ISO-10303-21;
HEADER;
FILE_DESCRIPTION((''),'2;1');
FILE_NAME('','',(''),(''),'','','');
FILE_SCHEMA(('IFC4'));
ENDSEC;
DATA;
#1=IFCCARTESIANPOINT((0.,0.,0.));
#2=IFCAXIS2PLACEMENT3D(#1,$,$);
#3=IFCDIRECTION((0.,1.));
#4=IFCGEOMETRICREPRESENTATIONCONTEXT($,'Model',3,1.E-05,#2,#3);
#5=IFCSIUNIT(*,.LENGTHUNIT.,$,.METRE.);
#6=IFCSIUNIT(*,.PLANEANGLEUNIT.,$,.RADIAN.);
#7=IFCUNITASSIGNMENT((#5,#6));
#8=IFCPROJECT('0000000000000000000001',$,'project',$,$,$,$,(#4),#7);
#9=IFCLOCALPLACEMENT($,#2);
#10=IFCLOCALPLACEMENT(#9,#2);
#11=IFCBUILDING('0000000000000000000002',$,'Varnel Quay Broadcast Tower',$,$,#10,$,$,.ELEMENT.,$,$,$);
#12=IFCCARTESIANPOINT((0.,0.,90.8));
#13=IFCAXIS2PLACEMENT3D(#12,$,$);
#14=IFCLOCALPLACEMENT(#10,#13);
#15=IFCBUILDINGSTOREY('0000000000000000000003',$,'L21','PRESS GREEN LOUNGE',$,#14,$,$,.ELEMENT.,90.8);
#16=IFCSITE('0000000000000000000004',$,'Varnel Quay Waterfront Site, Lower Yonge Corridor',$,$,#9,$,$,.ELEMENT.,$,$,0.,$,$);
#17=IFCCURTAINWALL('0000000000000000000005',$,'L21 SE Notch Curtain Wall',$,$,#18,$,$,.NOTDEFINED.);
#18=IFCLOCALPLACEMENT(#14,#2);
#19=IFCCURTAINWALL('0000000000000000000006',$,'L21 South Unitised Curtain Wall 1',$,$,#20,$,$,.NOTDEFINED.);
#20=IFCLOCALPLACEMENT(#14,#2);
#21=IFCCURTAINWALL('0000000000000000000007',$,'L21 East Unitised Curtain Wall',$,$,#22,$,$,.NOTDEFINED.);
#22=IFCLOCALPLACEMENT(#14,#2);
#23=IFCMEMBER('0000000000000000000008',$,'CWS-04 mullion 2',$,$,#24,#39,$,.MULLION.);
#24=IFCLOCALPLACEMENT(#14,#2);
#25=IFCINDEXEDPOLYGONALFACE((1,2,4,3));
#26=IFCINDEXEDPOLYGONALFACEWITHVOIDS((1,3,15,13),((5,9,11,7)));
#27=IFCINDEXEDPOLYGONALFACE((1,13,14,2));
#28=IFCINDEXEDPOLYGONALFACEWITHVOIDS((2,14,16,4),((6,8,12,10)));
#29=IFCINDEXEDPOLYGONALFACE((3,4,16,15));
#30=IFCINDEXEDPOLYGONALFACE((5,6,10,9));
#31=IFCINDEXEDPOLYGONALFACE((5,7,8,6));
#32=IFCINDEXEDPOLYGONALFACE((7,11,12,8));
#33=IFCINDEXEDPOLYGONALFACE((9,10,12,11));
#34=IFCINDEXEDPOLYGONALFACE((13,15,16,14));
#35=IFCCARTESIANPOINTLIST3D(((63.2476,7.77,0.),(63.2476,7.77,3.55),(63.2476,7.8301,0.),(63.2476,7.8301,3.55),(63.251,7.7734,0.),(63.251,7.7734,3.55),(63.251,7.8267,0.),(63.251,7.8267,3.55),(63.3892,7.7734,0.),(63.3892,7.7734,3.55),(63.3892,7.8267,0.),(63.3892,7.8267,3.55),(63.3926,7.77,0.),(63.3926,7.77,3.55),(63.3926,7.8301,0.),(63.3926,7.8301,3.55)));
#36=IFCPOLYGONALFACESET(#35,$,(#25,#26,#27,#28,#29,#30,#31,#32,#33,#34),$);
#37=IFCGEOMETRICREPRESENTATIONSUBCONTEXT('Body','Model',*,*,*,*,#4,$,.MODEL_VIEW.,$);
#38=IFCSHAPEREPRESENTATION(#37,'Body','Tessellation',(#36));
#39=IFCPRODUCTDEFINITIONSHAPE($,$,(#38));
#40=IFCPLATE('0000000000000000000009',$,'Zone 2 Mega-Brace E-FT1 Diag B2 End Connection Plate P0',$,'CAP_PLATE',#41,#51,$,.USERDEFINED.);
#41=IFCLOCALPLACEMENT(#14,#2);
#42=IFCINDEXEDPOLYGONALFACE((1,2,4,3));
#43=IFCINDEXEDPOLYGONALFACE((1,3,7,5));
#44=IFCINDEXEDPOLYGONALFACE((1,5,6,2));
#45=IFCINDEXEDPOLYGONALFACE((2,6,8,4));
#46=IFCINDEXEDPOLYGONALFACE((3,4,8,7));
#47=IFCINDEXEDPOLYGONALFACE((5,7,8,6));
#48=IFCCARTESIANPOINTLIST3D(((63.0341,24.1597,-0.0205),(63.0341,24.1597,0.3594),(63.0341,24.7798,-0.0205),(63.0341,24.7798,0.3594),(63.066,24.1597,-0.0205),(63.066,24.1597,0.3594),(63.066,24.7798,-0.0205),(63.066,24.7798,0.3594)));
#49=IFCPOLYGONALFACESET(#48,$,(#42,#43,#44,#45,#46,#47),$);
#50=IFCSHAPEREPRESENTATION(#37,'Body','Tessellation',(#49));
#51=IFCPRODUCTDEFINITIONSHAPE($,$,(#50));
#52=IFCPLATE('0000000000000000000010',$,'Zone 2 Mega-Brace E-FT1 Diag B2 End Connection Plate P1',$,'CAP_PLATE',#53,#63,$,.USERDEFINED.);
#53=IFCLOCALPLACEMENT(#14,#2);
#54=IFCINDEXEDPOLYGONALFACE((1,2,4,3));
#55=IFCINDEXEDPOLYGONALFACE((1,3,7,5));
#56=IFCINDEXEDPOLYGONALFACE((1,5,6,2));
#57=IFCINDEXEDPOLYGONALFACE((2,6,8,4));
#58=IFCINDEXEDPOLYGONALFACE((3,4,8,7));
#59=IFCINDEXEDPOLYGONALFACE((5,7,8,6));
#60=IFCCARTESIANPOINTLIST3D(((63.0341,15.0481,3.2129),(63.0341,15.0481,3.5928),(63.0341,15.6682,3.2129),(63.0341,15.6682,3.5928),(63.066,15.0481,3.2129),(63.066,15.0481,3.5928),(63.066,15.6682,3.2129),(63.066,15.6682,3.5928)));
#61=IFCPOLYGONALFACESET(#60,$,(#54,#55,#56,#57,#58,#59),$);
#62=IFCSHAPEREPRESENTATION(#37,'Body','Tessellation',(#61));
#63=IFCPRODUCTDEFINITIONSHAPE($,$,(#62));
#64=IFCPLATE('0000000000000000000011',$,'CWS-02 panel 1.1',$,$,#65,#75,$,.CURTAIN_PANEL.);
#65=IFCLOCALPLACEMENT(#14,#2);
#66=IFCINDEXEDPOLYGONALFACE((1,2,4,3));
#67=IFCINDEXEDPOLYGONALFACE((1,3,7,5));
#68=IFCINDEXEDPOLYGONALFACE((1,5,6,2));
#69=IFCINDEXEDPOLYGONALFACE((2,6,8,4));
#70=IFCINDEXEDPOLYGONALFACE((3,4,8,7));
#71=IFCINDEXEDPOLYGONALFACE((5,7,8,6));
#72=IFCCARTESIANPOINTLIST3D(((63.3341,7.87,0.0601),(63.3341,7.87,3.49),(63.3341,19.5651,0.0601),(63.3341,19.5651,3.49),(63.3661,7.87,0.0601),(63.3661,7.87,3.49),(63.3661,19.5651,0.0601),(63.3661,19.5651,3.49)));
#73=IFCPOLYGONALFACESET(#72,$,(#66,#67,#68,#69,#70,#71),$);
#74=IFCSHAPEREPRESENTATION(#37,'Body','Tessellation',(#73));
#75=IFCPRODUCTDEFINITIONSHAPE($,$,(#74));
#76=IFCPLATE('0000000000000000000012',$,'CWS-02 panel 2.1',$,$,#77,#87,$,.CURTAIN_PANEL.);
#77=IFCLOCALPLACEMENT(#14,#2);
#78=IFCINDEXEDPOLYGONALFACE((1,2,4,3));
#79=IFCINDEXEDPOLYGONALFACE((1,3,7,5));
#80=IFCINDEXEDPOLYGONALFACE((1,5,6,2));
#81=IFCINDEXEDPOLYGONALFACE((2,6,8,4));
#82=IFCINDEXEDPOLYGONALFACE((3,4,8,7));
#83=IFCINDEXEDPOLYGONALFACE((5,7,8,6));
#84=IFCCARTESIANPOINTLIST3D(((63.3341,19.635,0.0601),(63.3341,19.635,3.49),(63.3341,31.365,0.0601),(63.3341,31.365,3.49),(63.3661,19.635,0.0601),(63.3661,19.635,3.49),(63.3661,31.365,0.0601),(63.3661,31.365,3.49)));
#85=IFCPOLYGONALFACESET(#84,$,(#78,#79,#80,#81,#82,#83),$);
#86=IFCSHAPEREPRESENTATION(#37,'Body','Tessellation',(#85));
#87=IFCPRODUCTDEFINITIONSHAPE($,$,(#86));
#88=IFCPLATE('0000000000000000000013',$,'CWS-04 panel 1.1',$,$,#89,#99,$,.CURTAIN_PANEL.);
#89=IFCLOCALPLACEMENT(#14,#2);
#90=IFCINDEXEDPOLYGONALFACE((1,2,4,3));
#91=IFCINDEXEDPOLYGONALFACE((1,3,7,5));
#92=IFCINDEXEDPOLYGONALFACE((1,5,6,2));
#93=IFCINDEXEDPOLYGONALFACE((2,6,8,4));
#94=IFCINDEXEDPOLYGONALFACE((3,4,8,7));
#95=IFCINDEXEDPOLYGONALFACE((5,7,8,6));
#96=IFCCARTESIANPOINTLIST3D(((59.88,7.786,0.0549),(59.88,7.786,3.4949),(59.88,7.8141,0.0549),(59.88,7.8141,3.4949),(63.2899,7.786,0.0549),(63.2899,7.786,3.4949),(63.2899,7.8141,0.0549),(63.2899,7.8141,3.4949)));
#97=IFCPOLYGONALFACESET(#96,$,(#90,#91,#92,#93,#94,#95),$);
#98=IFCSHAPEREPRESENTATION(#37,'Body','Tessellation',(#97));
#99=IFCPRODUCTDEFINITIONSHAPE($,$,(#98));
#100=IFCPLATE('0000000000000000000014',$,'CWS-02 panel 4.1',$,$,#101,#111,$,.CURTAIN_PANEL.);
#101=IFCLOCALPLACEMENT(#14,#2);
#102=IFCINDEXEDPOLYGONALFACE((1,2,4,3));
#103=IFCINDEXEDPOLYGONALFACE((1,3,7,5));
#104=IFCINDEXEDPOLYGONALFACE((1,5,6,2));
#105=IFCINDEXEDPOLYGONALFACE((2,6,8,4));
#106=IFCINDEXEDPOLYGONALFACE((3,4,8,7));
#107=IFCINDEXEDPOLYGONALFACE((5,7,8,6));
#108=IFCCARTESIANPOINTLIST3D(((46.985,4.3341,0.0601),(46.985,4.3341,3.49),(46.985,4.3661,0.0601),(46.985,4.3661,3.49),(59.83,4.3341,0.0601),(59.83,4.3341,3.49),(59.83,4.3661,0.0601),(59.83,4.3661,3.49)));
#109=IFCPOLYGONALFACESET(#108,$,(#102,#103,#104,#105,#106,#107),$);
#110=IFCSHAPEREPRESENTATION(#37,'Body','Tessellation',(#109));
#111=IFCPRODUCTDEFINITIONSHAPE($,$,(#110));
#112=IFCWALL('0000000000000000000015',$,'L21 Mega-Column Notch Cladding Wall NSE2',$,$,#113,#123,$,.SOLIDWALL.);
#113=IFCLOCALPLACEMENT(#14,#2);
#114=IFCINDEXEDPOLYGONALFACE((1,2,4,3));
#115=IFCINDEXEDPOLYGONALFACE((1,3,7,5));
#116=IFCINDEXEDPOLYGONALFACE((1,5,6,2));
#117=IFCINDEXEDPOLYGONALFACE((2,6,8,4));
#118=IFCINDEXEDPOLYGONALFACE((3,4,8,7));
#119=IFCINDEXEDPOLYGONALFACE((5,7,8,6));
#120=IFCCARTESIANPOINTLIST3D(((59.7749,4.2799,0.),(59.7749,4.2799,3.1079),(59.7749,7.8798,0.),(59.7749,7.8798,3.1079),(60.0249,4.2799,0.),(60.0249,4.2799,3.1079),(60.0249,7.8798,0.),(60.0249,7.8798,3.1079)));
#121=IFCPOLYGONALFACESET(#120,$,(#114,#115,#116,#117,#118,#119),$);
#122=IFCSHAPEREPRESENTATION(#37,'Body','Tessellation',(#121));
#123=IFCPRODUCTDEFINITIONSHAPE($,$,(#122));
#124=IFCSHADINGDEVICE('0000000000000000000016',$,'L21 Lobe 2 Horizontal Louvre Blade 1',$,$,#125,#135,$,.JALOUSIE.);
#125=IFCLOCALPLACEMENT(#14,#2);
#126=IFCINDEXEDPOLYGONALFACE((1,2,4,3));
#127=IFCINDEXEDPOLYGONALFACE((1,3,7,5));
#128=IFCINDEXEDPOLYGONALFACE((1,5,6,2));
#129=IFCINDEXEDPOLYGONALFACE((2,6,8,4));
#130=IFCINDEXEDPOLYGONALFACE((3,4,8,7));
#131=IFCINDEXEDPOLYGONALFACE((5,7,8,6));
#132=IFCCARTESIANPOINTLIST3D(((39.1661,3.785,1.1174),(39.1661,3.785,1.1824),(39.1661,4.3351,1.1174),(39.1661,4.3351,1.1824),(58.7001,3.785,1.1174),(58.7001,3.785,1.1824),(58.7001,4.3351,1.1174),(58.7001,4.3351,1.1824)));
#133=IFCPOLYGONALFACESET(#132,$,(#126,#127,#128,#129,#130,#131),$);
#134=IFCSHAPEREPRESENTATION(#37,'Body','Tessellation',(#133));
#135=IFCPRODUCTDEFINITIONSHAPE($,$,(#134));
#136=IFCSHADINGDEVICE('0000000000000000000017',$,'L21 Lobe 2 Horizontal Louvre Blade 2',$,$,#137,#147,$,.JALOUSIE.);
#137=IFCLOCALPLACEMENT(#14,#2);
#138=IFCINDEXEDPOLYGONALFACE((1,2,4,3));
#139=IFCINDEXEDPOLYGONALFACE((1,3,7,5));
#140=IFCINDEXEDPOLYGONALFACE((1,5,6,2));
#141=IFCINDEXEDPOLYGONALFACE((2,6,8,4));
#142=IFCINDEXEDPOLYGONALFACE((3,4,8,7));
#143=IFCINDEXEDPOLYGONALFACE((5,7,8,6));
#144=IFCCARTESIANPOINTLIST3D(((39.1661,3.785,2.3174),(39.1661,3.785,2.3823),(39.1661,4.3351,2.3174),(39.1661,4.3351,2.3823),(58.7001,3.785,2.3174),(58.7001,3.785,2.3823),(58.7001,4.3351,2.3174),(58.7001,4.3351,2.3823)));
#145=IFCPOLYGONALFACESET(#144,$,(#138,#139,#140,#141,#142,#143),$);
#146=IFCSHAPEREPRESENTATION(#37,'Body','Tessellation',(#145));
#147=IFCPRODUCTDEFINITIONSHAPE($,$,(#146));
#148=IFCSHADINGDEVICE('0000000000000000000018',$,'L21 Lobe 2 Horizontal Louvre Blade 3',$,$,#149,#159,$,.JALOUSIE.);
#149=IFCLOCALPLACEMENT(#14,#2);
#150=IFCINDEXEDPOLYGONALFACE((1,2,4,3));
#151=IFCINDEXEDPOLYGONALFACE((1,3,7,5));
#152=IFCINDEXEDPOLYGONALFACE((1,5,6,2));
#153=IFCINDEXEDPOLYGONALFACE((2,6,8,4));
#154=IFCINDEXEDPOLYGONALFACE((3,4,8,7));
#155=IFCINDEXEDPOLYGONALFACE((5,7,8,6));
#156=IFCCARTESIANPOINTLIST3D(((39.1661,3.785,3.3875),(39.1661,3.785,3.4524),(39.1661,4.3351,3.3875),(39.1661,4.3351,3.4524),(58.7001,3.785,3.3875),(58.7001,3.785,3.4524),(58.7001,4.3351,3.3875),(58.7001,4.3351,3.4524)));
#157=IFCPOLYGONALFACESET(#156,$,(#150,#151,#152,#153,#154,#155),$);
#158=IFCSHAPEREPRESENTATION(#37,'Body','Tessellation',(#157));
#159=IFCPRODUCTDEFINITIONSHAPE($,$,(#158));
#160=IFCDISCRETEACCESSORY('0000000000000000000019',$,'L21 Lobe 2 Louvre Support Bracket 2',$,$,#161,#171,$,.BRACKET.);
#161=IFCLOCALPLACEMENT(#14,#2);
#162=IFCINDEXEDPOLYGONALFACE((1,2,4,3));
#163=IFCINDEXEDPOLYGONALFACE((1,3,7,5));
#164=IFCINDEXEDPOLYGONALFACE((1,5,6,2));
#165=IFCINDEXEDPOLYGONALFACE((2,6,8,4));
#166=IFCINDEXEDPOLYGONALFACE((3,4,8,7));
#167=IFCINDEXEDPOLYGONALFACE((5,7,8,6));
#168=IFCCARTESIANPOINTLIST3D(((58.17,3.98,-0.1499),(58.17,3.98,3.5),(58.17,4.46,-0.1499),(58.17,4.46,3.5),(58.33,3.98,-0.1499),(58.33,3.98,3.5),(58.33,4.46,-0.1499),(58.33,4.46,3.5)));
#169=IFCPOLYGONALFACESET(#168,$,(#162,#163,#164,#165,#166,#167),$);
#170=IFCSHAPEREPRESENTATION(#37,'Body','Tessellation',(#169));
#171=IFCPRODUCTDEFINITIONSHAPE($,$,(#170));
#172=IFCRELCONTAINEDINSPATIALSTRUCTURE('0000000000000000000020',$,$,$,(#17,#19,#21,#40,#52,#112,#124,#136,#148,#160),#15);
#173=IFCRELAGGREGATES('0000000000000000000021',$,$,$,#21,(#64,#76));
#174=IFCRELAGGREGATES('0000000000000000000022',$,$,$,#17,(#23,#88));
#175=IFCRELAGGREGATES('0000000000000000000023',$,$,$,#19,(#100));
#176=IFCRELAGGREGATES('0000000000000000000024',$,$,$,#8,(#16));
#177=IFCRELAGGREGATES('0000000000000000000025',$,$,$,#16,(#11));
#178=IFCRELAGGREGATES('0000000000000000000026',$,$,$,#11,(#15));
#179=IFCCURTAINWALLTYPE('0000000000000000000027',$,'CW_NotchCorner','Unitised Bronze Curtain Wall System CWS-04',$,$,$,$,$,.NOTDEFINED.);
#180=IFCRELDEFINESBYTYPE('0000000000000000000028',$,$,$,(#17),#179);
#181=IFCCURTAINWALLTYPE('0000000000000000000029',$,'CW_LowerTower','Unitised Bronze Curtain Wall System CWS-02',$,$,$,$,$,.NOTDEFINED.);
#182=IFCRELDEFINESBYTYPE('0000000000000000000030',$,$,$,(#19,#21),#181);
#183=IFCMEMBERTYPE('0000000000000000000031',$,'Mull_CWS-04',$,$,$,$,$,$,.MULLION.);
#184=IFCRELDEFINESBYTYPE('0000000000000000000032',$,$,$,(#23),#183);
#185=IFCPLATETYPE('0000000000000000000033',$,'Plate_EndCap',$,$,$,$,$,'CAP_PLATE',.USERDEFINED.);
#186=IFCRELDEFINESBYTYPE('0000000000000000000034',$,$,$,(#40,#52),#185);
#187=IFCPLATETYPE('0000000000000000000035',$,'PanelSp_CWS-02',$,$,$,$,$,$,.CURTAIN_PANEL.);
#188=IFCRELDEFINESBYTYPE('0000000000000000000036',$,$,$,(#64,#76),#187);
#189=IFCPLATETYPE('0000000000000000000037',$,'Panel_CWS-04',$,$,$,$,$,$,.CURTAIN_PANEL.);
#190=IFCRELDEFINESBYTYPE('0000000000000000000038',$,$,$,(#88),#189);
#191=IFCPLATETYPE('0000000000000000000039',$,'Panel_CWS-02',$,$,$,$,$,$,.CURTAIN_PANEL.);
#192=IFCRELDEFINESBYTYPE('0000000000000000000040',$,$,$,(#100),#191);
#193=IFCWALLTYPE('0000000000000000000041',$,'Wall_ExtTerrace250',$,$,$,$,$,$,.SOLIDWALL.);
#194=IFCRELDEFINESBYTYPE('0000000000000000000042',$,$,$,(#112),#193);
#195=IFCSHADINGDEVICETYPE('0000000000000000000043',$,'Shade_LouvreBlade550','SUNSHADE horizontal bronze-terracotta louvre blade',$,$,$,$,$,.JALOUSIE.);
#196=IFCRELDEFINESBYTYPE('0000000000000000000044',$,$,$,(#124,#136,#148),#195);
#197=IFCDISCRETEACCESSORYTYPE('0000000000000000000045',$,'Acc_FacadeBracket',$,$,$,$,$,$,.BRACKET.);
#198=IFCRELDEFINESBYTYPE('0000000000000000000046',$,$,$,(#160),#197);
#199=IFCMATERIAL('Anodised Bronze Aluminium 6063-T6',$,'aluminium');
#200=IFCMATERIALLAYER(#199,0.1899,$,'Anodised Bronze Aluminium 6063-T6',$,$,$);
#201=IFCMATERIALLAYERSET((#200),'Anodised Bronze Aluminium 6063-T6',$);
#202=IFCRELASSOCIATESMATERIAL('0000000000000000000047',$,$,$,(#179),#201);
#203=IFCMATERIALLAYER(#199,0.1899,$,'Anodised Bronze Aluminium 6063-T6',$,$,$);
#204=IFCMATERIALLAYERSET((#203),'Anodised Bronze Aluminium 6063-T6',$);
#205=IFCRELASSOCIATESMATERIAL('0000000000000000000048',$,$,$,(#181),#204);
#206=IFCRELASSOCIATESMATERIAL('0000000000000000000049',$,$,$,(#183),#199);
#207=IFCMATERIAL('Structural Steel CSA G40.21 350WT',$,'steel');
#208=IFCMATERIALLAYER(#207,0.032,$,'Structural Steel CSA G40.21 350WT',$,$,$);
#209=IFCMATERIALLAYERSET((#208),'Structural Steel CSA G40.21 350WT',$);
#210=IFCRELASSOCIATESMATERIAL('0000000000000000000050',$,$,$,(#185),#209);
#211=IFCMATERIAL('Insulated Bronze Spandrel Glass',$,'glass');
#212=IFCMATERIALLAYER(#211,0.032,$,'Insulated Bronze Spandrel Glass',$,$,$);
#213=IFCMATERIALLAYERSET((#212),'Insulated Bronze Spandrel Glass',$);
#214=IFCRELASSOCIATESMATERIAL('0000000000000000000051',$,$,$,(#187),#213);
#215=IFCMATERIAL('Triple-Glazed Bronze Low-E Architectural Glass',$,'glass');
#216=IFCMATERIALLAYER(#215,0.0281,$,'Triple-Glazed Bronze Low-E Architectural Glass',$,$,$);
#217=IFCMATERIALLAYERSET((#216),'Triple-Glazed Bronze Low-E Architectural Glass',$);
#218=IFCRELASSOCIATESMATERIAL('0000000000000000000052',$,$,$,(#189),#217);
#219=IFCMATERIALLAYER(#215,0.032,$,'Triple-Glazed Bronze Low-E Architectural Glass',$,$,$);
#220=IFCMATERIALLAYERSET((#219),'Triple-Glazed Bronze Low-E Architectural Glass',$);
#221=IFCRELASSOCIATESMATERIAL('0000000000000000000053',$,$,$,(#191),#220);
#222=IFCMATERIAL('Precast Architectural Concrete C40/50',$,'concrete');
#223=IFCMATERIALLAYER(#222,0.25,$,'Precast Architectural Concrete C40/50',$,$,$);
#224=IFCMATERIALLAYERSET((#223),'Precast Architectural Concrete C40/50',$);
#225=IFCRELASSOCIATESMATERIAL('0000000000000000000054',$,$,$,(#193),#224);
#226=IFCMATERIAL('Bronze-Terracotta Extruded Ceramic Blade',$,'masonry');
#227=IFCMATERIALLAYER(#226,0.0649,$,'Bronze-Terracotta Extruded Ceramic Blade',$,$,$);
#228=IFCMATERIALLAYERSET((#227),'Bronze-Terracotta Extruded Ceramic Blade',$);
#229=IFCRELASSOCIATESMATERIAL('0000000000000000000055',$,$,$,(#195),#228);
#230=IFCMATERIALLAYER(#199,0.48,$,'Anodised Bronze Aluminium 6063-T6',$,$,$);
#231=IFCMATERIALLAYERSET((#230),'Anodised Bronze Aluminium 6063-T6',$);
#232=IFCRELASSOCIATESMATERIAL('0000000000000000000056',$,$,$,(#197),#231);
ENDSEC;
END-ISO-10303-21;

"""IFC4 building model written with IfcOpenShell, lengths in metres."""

from ifc_helpers import new_model, si_unit, direction, frame, frame_2d, origin, origin_2d, place, context, subcontext, project, spatial, rectangle, hollow_rectangle, extrude, source, transform, mapped, material, layer, layer_set, material_profile, profile_set, type_object, type_shapes, element, aggregate, save


model = new_model("IFC4")

# Units and contexts
model_context = context("Model", 3, precision=1e-05, world=origin(), true_north=direction((0.0, 1.0)))
body_context = subcontext(model_context, "Body", "Model", "MODEL_VIEW")
ifc_project = project(units=[si_unit("LENGTHUNIT", "METRE"), si_unit("PLANEANGLEUNIT", "RADIAN")], contexts=[model_context])

# Site, building, storey
site_placement = place(None, origin())
site = spatial("IfcSite", under=ifc_project, at=site_placement, Name="Varnel Quay Waterfront Site, Lower Yonge Corridor", CompositionType="ELEMENT", RefElevation=0.0)
building_placement = place(site_placement, origin())
building = spatial("IfcBuilding", under=site, at=building_placement, Name="Varnel Quay Broadcast Tower", CompositionType="ELEMENT")
storey_placement = place(building_placement, frame((0.0, 0.0, 90.8)))
storey = spatial("IfcBuildingStorey", under=building, at=storey_placement, Name="L21", Description="PRESS GREEN LOUNGE", CompositionType="ELEMENT", Elevation=90.8)

# Shared definitions
ifc_material_1 = material(Name="Structural Steel CSA G40.21 350WT", Category="steel")

# Curtain wall
ifc_material_2 = material(Name="Anodised Bronze Aluminium 6063-T6", Category="aluminium")
ifc_layer_1 = layer(ifc_material_2, 0.1899, Name="Anodised Bronze Aluminium 6063-T6")
ifc_layer_set_1 = layer_set([ifc_layer_1], Name="Anodised Bronze Aluminium 6063-T6")
curtain_wall_type_1 = type_object("IfcCurtainWallType", Name="CW_NotchCorner", Description="Unitised Bronze Curtain Wall System CWS-04", PredefinedType="NOTDEFINED", material=ifc_layer_set_1)
curtain_wall_1_placement = place(storey_placement, origin())
curtain_wall_1 = element("IfcCurtainWall", 1, at=curtain_wall_1_placement, inside=storey, type_object=curtain_wall_type_1, Name="L21 SE Notch Curtain Wall", PredefinedType="NOTDEFINED")

# Curtain wall
ifc_layer_2 = layer(ifc_material_2, 0.1899, Name="Anodised Bronze Aluminium 6063-T6")
ifc_layer_set_2 = layer_set([ifc_layer_2], Name="Anodised Bronze Aluminium 6063-T6")
curtain_wall_type_2 = type_object("IfcCurtainWallType", Name="CW_LowerTower", Description="Unitised Bronze Curtain Wall System CWS-02", PredefinedType="NOTDEFINED", material=ifc_layer_set_2)
curtain_wall_2_placement = place(storey_placement, origin())
curtain_wall_2 = element("IfcCurtainWall", 2, at=curtain_wall_2_placement, inside=storey, type_object=curtain_wall_type_2, Name="L21 South Unitised Curtain Wall 1", PredefinedType="NOTDEFINED")

# Curtain wall
curtain_wall_3_placement = place(storey_placement, origin())
curtain_wall_3 = element("IfcCurtainWall", 3, at=curtain_wall_3_placement, inside=storey, type_object=curtain_wall_type_2, Name="L21 East Unitised Curtain Wall", PredefinedType="NOTDEFINED")

# Member
ifc_material_profile_1 = material_profile(ifc_material_2, hollow_rectangle(XDim=0.0601, YDim=0.145, WallThickness=0.0034, at=origin_2d()), Name="ALU60X145X3.5")
ifc_profile_set_1 = profile_set([ifc_material_profile_1], Name="Anodised Bronze Aluminium 6063-T6")
member_type_1 = type_object("IfcMemberType", Name="Mull_CWS-04", PredefinedType="MULLION", material=ifc_profile_set_1)
shared_shape_1 = source(origin(), body_context, "Body", "SweptSolid", [
    extrude(hollow_rectangle(XDim=0.0601, YDim=0.145, WallThickness=0.0034, at=origin_2d()), origin(), (0.0, 0.0, 1.0), 3.55),
])
type_shapes(member_type_1, [shared_shape_1])
member_1_placement = place(storey_placement, frame((63.3201, 7.8, 0.0), z_axis=(0.0, 0.0, 1.0), x_axis=(0.0, 1.0, 0.0)))
member_1 = element("IfcMember", 4, at=member_1_placement, type_object=member_type_1, Name="CWS-04 mullion 2", PredefinedType="MULLION", context=body_context, shape_type="MappedRepresentation", body=[
    mapped(shared_shape_1, transform((0.0, 0.0, 0.0), x_axis=(1.0, 0.0, 0.0), y_axis=(0.0, 1.0, 0.0), z_axis=(0.0, 0.0, 1.0), scale=1.0)),
])

# Plates
ifc_layer_3 = layer(ifc_material_1, 0.032, Name="Structural Steel CSA G40.21 350WT")
ifc_layer_set_3 = layer_set([ifc_layer_3], Name="Structural Steel CSA G40.21 350WT")
plate_type_1 = type_object("IfcPlateType", Name="Plate_EndCap", ElementType="CAP_PLATE", PredefinedType="USERDEFINED", material=ifc_layer_set_3)
shared_shape_2 = source(origin(), body_context, "Body", "SweptSolid", [
    extrude(rectangle(XDim=0.6201, YDim=0.032, at=origin_2d()), origin(), (0.0, 0.0, 1.0), 0.3799),
])
type_shapes(plate_type_1, [shared_shape_2])
for number, where, z_axis, x_axis, name in (
    (5, (63.05, 24.4697, -0.0205), (0.0, 0.0, 1.0), (0.0, 1.0, 0.0), "Zone 2 Mega-Brace E-FT1 Diag B2 End Connection Plate P0"),
    (6, (63.05, 15.3582, 3.2129), (0.0, 0.0, 1.0), (0.0, 1.0, 0.0), "Zone 2 Mega-Brace E-FT1 Diag B2 End Connection Plate P1"),
):
    element("IfcPlate", number, at=place(storey_placement, frame(where, z_axis=z_axis, x_axis=x_axis)), inside=storey, type_object=plate_type_1, Name=name, ObjectType="CAP_PLATE", PredefinedType="USERDEFINED", context=body_context, shape_type="MappedRepresentation", body=[
        mapped(shared_shape_2, transform((0.0, 0.0, 0.0), x_axis=(1.0, 0.0, 0.0), y_axis=(0.0, 1.0, 0.0), z_axis=(0.0, 0.0, 1.0), scale=1.0)),
    ])

# Plates
ifc_material_3 = material(Name="Insulated Bronze Spandrel Glass", Category="glass")
ifc_layer_4 = layer(ifc_material_3, 0.032, Name="Insulated Bronze Spandrel Glass")
ifc_layer_set_4 = layer_set([ifc_layer_4], Name="Insulated Bronze Spandrel Glass")
plate_type_2 = type_object("IfcPlateType", Name="PanelSp_CWS-02", PredefinedType="CURTAIN_PANEL", material=ifc_layer_set_4)
shared_shape_3 = source(origin(), body_context, "Body", "SweptSolid", [
    extrude(rectangle(XDim=11.6951, YDim=0.032, at=origin_2d()), origin(), (0.0, 0.0, 1.0), 3.4299),
])
plate_1_placement = place(storey_placement, frame((63.3501, 13.7175, 0.0601), z_axis=(0.0, 0.0, 1.0), x_axis=(0.0, 1.0, 0.0)))
plate_1 = element("IfcPlate", 7, at=plate_1_placement, type_object=plate_type_2, Name="CWS-02 panel 1.1", PredefinedType="CURTAIN_PANEL", context=body_context, shape_type="MappedRepresentation", body=[
    mapped(shared_shape_3, transform((0.0, 0.0, 0.0), x_axis=(1.0, 0.0, 0.0), y_axis=(0.0, 1.0, 0.0), z_axis=(0.0, 0.0, 1.0), scale=1.0)),
])
shared_shape_4 = source(origin(), body_context, "Body", "SweptSolid", [
    extrude(rectangle(XDim=11.73, YDim=0.032, at=origin_2d()), origin(), (0.0, 0.0, 1.0), 3.4299),
])
type_shapes(plate_type_2, [shared_shape_3, shared_shape_4])
plate_2_placement = place(storey_placement, frame((63.3501, 25.5, 0.0601), z_axis=(0.0, 0.0, 1.0), x_axis=(0.0, 1.0, 0.0)))
plate_2 = element("IfcPlate", 8, at=plate_2_placement, type_object=plate_type_2, Name="CWS-02 panel 2.1", PredefinedType="CURTAIN_PANEL", context=body_context, shape_type="MappedRepresentation", body=[
    mapped(shared_shape_4, transform((0.0, 0.0, 0.0), x_axis=(1.0, 0.0, 0.0), y_axis=(0.0, 1.0, 0.0), z_axis=(0.0, 0.0, 1.0), scale=1.0)),
])
aggregate(curtain_wall_3, [plate_1, plate_2])
ifc_material_4 = material(Name="Triple-Glazed Bronze Low-E Architectural Glass", Category="glass")
ifc_layer_5 = layer(ifc_material_4, 0.0281, Name="Triple-Glazed Bronze Low-E Architectural Glass")
ifc_layer_set_5 = layer_set([ifc_layer_5], Name="Triple-Glazed Bronze Low-E Architectural Glass")
plate_type_3 = type_object("IfcPlateType", Name="Panel_CWS-04", PredefinedType="CURTAIN_PANEL", material=ifc_layer_set_5)
shared_shape_5 = source(origin(), body_context, "Body", "SweptSolid", [
    extrude(rectangle(XDim=3.4099, YDim=0.0281, at=origin_2d()), origin(), (0.0, 0.0, 1.0), 3.4399),
])
type_shapes(plate_type_3, [shared_shape_5])
plate_3_placement = place(storey_placement, frame((61.585, 7.8, 0.0549), z_axis=(0.0, 0.0, 1.0), x_axis=(1.0, 0.0, 0.0)))
plate_3 = element("IfcPlate", 9, at=plate_3_placement, type_object=plate_type_3, Name="CWS-04 panel 1.1", PredefinedType="CURTAIN_PANEL", context=body_context, shape_type="MappedRepresentation", body=[
    mapped(shared_shape_5, transform((0.0, 0.0, 0.0), x_axis=(1.0, 0.0, 0.0), y_axis=(0.0, 1.0, 0.0), z_axis=(0.0, 0.0, 1.0), scale=1.0)),
])
aggregate(curtain_wall_1, [member_1, plate_3])
ifc_layer_6 = layer(ifc_material_4, 0.032, Name="Triple-Glazed Bronze Low-E Architectural Glass")
ifc_layer_set_6 = layer_set([ifc_layer_6], Name="Triple-Glazed Bronze Low-E Architectural Glass")
plate_type_4 = type_object("IfcPlateType", Name="Panel_CWS-02", PredefinedType="CURTAIN_PANEL", material=ifc_layer_set_6)
shared_shape_6 = source(origin(), body_context, "Body", "SweptSolid", [
    extrude(rectangle(XDim=12.845, YDim=0.032, at=origin_2d()), origin(), (0.0, 0.0, 1.0), 3.4299),
])
type_shapes(plate_type_4, [shared_shape_6])
plate_4_placement = place(storey_placement, frame((53.4075, 4.3501, 0.0601), z_axis=(0.0, 0.0, 1.0), x_axis=(1.0, 0.0, 0.0)))
plate_4 = element("IfcPlate", 10, at=plate_4_placement, type_object=plate_type_4, Name="CWS-02 panel 4.1", PredefinedType="CURTAIN_PANEL", context=body_context, shape_type="MappedRepresentation", body=[
    mapped(shared_shape_6, transform((0.0, 0.0, 0.0), x_axis=(1.0, 0.0, 0.0), y_axis=(0.0, 1.0, 0.0), z_axis=(0.0, 0.0, 1.0), scale=1.0)),
])
aggregate(curtain_wall_2, [plate_4])

# Wall
ifc_material_5 = material(Name="Precast Architectural Concrete C40/50", Category="concrete")
ifc_layer_7 = layer(ifc_material_5, 0.25, Name="Precast Architectural Concrete C40/50")
ifc_layer_set_7 = layer_set([ifc_layer_7], Name="Precast Architectural Concrete C40/50")
wall_type = type_object("IfcWallType", Name="Wall_ExtTerrace250", PredefinedType="SOLIDWALL", material=ifc_layer_set_7)
wall_placement = place(storey_placement, frame((59.8999, 4.28, 0.0), z_axis=(0.0, 0.0, 1.0), x_axis=(0.0, 1.0, 0.0)))
element("IfcWall", 11, at=wall_placement, inside=storey, type_object=wall_type, Name="L21 Mega-Column Notch Cladding Wall NSE2", PredefinedType="SOLIDWALL", context=body_context, shape_type="SweptSolid", body=[
    extrude(rectangle(XDim=3.5999, YDim=0.25, at=frame_2d((1.7998, 0.0))), origin(), (0.0, 0.0, 1.0), 3.1079),
])

# Shading devices
ifc_material_6 = material(Name="Bronze-Terracotta Extruded Ceramic Blade", Category="masonry")
ifc_layer_8 = layer(ifc_material_6, 0.0649, Name="Bronze-Terracotta Extruded Ceramic Blade")
ifc_layer_set_8 = layer_set([ifc_layer_8], Name="Bronze-Terracotta Extruded Ceramic Blade")
shading_device_type = type_object("IfcShadingDeviceType", Name="Shade_LouvreBlade550", Description="SUNSHADE horizontal bronze-terracotta louvre blade", PredefinedType="JALOUSIE", material=ifc_layer_set_8)
shared_shape_7 = source(origin(), body_context, "Body", "SweptSolid", [
    extrude(rectangle(XDim=19.5339, YDim=0.55, at=origin_2d()), origin(), (0.0, 0.0, 1.0), 0.0649),
])
type_shapes(shading_device_type, [shared_shape_7])
for number, where, z_axis, x_axis, name in (
    (12, (48.9331, 4.0601, 1.1174), (0.0, 0.0, 1.0), (1.0, 0.0, 0.0), "L21 Lobe 2 Horizontal Louvre Blade 1"),
    (13, (48.9331, 4.0601, 2.3174), (0.0, 0.0, 1.0), (1.0, 0.0, 0.0), "L21 Lobe 2 Horizontal Louvre Blade 2"),
    (14, (48.9331, 4.0601, 3.3875), (0.0, 0.0, 1.0), (1.0, 0.0, 0.0), "L21 Lobe 2 Horizontal Louvre Blade 3"),
):
    element("IfcShadingDevice", number, at=place(storey_placement, frame(where, z_axis=z_axis, x_axis=x_axis)), inside=storey, type_object=shading_device_type, Name=name, PredefinedType="JALOUSIE", context=body_context, shape_type="MappedRepresentation", body=[
        mapped(shared_shape_7, transform((0.0, 0.0, 0.0), x_axis=(1.0, 0.0, 0.0), y_axis=(0.0, 1.0, 0.0), z_axis=(0.0, 0.0, 1.0), scale=1.0)),
    ])

# Discrete accessory
ifc_layer_9 = layer(ifc_material_2, 0.48, Name="Anodised Bronze Aluminium 6063-T6")
ifc_layer_set_9 = layer_set([ifc_layer_9], Name="Anodised Bronze Aluminium 6063-T6")
discrete_accessory_type = type_object("IfcDiscreteAccessoryType", Name="Acc_FacadeBracket", PredefinedType="BRACKET", material=ifc_layer_set_9)
shared_shape_8 = source(origin(), body_context, "Body", "SweptSolid", [
    extrude(rectangle(XDim=0.1599, YDim=0.48, at=origin_2d()), origin(), (0.0, 0.0, 1.0), 3.6499),
])
type_shapes(discrete_accessory_type, [shared_shape_8])
discrete_accessory_placement = place(storey_placement, frame((58.25, 4.22, -0.1499), z_axis=(0.0, 0.0, 1.0), x_axis=(1.0, 0.0, 0.0)))
element("IfcDiscreteAccessory", 15, at=discrete_accessory_placement, inside=storey, type_object=discrete_accessory_type, Name="L21 Lobe 2 Louvre Support Bracket 2", PredefinedType="BRACKET", context=body_context, shape_type="MappedRepresentation", body=[
    mapped(shared_shape_8, transform((0.0, 0.0, 0.0), x_axis=(1.0, 0.0, 0.0), y_axis=(0.0, 1.0, 0.0), z_axis=(0.0, 0.0, 1.0), scale=1.0)),
])

save(model, "model.ifc")
